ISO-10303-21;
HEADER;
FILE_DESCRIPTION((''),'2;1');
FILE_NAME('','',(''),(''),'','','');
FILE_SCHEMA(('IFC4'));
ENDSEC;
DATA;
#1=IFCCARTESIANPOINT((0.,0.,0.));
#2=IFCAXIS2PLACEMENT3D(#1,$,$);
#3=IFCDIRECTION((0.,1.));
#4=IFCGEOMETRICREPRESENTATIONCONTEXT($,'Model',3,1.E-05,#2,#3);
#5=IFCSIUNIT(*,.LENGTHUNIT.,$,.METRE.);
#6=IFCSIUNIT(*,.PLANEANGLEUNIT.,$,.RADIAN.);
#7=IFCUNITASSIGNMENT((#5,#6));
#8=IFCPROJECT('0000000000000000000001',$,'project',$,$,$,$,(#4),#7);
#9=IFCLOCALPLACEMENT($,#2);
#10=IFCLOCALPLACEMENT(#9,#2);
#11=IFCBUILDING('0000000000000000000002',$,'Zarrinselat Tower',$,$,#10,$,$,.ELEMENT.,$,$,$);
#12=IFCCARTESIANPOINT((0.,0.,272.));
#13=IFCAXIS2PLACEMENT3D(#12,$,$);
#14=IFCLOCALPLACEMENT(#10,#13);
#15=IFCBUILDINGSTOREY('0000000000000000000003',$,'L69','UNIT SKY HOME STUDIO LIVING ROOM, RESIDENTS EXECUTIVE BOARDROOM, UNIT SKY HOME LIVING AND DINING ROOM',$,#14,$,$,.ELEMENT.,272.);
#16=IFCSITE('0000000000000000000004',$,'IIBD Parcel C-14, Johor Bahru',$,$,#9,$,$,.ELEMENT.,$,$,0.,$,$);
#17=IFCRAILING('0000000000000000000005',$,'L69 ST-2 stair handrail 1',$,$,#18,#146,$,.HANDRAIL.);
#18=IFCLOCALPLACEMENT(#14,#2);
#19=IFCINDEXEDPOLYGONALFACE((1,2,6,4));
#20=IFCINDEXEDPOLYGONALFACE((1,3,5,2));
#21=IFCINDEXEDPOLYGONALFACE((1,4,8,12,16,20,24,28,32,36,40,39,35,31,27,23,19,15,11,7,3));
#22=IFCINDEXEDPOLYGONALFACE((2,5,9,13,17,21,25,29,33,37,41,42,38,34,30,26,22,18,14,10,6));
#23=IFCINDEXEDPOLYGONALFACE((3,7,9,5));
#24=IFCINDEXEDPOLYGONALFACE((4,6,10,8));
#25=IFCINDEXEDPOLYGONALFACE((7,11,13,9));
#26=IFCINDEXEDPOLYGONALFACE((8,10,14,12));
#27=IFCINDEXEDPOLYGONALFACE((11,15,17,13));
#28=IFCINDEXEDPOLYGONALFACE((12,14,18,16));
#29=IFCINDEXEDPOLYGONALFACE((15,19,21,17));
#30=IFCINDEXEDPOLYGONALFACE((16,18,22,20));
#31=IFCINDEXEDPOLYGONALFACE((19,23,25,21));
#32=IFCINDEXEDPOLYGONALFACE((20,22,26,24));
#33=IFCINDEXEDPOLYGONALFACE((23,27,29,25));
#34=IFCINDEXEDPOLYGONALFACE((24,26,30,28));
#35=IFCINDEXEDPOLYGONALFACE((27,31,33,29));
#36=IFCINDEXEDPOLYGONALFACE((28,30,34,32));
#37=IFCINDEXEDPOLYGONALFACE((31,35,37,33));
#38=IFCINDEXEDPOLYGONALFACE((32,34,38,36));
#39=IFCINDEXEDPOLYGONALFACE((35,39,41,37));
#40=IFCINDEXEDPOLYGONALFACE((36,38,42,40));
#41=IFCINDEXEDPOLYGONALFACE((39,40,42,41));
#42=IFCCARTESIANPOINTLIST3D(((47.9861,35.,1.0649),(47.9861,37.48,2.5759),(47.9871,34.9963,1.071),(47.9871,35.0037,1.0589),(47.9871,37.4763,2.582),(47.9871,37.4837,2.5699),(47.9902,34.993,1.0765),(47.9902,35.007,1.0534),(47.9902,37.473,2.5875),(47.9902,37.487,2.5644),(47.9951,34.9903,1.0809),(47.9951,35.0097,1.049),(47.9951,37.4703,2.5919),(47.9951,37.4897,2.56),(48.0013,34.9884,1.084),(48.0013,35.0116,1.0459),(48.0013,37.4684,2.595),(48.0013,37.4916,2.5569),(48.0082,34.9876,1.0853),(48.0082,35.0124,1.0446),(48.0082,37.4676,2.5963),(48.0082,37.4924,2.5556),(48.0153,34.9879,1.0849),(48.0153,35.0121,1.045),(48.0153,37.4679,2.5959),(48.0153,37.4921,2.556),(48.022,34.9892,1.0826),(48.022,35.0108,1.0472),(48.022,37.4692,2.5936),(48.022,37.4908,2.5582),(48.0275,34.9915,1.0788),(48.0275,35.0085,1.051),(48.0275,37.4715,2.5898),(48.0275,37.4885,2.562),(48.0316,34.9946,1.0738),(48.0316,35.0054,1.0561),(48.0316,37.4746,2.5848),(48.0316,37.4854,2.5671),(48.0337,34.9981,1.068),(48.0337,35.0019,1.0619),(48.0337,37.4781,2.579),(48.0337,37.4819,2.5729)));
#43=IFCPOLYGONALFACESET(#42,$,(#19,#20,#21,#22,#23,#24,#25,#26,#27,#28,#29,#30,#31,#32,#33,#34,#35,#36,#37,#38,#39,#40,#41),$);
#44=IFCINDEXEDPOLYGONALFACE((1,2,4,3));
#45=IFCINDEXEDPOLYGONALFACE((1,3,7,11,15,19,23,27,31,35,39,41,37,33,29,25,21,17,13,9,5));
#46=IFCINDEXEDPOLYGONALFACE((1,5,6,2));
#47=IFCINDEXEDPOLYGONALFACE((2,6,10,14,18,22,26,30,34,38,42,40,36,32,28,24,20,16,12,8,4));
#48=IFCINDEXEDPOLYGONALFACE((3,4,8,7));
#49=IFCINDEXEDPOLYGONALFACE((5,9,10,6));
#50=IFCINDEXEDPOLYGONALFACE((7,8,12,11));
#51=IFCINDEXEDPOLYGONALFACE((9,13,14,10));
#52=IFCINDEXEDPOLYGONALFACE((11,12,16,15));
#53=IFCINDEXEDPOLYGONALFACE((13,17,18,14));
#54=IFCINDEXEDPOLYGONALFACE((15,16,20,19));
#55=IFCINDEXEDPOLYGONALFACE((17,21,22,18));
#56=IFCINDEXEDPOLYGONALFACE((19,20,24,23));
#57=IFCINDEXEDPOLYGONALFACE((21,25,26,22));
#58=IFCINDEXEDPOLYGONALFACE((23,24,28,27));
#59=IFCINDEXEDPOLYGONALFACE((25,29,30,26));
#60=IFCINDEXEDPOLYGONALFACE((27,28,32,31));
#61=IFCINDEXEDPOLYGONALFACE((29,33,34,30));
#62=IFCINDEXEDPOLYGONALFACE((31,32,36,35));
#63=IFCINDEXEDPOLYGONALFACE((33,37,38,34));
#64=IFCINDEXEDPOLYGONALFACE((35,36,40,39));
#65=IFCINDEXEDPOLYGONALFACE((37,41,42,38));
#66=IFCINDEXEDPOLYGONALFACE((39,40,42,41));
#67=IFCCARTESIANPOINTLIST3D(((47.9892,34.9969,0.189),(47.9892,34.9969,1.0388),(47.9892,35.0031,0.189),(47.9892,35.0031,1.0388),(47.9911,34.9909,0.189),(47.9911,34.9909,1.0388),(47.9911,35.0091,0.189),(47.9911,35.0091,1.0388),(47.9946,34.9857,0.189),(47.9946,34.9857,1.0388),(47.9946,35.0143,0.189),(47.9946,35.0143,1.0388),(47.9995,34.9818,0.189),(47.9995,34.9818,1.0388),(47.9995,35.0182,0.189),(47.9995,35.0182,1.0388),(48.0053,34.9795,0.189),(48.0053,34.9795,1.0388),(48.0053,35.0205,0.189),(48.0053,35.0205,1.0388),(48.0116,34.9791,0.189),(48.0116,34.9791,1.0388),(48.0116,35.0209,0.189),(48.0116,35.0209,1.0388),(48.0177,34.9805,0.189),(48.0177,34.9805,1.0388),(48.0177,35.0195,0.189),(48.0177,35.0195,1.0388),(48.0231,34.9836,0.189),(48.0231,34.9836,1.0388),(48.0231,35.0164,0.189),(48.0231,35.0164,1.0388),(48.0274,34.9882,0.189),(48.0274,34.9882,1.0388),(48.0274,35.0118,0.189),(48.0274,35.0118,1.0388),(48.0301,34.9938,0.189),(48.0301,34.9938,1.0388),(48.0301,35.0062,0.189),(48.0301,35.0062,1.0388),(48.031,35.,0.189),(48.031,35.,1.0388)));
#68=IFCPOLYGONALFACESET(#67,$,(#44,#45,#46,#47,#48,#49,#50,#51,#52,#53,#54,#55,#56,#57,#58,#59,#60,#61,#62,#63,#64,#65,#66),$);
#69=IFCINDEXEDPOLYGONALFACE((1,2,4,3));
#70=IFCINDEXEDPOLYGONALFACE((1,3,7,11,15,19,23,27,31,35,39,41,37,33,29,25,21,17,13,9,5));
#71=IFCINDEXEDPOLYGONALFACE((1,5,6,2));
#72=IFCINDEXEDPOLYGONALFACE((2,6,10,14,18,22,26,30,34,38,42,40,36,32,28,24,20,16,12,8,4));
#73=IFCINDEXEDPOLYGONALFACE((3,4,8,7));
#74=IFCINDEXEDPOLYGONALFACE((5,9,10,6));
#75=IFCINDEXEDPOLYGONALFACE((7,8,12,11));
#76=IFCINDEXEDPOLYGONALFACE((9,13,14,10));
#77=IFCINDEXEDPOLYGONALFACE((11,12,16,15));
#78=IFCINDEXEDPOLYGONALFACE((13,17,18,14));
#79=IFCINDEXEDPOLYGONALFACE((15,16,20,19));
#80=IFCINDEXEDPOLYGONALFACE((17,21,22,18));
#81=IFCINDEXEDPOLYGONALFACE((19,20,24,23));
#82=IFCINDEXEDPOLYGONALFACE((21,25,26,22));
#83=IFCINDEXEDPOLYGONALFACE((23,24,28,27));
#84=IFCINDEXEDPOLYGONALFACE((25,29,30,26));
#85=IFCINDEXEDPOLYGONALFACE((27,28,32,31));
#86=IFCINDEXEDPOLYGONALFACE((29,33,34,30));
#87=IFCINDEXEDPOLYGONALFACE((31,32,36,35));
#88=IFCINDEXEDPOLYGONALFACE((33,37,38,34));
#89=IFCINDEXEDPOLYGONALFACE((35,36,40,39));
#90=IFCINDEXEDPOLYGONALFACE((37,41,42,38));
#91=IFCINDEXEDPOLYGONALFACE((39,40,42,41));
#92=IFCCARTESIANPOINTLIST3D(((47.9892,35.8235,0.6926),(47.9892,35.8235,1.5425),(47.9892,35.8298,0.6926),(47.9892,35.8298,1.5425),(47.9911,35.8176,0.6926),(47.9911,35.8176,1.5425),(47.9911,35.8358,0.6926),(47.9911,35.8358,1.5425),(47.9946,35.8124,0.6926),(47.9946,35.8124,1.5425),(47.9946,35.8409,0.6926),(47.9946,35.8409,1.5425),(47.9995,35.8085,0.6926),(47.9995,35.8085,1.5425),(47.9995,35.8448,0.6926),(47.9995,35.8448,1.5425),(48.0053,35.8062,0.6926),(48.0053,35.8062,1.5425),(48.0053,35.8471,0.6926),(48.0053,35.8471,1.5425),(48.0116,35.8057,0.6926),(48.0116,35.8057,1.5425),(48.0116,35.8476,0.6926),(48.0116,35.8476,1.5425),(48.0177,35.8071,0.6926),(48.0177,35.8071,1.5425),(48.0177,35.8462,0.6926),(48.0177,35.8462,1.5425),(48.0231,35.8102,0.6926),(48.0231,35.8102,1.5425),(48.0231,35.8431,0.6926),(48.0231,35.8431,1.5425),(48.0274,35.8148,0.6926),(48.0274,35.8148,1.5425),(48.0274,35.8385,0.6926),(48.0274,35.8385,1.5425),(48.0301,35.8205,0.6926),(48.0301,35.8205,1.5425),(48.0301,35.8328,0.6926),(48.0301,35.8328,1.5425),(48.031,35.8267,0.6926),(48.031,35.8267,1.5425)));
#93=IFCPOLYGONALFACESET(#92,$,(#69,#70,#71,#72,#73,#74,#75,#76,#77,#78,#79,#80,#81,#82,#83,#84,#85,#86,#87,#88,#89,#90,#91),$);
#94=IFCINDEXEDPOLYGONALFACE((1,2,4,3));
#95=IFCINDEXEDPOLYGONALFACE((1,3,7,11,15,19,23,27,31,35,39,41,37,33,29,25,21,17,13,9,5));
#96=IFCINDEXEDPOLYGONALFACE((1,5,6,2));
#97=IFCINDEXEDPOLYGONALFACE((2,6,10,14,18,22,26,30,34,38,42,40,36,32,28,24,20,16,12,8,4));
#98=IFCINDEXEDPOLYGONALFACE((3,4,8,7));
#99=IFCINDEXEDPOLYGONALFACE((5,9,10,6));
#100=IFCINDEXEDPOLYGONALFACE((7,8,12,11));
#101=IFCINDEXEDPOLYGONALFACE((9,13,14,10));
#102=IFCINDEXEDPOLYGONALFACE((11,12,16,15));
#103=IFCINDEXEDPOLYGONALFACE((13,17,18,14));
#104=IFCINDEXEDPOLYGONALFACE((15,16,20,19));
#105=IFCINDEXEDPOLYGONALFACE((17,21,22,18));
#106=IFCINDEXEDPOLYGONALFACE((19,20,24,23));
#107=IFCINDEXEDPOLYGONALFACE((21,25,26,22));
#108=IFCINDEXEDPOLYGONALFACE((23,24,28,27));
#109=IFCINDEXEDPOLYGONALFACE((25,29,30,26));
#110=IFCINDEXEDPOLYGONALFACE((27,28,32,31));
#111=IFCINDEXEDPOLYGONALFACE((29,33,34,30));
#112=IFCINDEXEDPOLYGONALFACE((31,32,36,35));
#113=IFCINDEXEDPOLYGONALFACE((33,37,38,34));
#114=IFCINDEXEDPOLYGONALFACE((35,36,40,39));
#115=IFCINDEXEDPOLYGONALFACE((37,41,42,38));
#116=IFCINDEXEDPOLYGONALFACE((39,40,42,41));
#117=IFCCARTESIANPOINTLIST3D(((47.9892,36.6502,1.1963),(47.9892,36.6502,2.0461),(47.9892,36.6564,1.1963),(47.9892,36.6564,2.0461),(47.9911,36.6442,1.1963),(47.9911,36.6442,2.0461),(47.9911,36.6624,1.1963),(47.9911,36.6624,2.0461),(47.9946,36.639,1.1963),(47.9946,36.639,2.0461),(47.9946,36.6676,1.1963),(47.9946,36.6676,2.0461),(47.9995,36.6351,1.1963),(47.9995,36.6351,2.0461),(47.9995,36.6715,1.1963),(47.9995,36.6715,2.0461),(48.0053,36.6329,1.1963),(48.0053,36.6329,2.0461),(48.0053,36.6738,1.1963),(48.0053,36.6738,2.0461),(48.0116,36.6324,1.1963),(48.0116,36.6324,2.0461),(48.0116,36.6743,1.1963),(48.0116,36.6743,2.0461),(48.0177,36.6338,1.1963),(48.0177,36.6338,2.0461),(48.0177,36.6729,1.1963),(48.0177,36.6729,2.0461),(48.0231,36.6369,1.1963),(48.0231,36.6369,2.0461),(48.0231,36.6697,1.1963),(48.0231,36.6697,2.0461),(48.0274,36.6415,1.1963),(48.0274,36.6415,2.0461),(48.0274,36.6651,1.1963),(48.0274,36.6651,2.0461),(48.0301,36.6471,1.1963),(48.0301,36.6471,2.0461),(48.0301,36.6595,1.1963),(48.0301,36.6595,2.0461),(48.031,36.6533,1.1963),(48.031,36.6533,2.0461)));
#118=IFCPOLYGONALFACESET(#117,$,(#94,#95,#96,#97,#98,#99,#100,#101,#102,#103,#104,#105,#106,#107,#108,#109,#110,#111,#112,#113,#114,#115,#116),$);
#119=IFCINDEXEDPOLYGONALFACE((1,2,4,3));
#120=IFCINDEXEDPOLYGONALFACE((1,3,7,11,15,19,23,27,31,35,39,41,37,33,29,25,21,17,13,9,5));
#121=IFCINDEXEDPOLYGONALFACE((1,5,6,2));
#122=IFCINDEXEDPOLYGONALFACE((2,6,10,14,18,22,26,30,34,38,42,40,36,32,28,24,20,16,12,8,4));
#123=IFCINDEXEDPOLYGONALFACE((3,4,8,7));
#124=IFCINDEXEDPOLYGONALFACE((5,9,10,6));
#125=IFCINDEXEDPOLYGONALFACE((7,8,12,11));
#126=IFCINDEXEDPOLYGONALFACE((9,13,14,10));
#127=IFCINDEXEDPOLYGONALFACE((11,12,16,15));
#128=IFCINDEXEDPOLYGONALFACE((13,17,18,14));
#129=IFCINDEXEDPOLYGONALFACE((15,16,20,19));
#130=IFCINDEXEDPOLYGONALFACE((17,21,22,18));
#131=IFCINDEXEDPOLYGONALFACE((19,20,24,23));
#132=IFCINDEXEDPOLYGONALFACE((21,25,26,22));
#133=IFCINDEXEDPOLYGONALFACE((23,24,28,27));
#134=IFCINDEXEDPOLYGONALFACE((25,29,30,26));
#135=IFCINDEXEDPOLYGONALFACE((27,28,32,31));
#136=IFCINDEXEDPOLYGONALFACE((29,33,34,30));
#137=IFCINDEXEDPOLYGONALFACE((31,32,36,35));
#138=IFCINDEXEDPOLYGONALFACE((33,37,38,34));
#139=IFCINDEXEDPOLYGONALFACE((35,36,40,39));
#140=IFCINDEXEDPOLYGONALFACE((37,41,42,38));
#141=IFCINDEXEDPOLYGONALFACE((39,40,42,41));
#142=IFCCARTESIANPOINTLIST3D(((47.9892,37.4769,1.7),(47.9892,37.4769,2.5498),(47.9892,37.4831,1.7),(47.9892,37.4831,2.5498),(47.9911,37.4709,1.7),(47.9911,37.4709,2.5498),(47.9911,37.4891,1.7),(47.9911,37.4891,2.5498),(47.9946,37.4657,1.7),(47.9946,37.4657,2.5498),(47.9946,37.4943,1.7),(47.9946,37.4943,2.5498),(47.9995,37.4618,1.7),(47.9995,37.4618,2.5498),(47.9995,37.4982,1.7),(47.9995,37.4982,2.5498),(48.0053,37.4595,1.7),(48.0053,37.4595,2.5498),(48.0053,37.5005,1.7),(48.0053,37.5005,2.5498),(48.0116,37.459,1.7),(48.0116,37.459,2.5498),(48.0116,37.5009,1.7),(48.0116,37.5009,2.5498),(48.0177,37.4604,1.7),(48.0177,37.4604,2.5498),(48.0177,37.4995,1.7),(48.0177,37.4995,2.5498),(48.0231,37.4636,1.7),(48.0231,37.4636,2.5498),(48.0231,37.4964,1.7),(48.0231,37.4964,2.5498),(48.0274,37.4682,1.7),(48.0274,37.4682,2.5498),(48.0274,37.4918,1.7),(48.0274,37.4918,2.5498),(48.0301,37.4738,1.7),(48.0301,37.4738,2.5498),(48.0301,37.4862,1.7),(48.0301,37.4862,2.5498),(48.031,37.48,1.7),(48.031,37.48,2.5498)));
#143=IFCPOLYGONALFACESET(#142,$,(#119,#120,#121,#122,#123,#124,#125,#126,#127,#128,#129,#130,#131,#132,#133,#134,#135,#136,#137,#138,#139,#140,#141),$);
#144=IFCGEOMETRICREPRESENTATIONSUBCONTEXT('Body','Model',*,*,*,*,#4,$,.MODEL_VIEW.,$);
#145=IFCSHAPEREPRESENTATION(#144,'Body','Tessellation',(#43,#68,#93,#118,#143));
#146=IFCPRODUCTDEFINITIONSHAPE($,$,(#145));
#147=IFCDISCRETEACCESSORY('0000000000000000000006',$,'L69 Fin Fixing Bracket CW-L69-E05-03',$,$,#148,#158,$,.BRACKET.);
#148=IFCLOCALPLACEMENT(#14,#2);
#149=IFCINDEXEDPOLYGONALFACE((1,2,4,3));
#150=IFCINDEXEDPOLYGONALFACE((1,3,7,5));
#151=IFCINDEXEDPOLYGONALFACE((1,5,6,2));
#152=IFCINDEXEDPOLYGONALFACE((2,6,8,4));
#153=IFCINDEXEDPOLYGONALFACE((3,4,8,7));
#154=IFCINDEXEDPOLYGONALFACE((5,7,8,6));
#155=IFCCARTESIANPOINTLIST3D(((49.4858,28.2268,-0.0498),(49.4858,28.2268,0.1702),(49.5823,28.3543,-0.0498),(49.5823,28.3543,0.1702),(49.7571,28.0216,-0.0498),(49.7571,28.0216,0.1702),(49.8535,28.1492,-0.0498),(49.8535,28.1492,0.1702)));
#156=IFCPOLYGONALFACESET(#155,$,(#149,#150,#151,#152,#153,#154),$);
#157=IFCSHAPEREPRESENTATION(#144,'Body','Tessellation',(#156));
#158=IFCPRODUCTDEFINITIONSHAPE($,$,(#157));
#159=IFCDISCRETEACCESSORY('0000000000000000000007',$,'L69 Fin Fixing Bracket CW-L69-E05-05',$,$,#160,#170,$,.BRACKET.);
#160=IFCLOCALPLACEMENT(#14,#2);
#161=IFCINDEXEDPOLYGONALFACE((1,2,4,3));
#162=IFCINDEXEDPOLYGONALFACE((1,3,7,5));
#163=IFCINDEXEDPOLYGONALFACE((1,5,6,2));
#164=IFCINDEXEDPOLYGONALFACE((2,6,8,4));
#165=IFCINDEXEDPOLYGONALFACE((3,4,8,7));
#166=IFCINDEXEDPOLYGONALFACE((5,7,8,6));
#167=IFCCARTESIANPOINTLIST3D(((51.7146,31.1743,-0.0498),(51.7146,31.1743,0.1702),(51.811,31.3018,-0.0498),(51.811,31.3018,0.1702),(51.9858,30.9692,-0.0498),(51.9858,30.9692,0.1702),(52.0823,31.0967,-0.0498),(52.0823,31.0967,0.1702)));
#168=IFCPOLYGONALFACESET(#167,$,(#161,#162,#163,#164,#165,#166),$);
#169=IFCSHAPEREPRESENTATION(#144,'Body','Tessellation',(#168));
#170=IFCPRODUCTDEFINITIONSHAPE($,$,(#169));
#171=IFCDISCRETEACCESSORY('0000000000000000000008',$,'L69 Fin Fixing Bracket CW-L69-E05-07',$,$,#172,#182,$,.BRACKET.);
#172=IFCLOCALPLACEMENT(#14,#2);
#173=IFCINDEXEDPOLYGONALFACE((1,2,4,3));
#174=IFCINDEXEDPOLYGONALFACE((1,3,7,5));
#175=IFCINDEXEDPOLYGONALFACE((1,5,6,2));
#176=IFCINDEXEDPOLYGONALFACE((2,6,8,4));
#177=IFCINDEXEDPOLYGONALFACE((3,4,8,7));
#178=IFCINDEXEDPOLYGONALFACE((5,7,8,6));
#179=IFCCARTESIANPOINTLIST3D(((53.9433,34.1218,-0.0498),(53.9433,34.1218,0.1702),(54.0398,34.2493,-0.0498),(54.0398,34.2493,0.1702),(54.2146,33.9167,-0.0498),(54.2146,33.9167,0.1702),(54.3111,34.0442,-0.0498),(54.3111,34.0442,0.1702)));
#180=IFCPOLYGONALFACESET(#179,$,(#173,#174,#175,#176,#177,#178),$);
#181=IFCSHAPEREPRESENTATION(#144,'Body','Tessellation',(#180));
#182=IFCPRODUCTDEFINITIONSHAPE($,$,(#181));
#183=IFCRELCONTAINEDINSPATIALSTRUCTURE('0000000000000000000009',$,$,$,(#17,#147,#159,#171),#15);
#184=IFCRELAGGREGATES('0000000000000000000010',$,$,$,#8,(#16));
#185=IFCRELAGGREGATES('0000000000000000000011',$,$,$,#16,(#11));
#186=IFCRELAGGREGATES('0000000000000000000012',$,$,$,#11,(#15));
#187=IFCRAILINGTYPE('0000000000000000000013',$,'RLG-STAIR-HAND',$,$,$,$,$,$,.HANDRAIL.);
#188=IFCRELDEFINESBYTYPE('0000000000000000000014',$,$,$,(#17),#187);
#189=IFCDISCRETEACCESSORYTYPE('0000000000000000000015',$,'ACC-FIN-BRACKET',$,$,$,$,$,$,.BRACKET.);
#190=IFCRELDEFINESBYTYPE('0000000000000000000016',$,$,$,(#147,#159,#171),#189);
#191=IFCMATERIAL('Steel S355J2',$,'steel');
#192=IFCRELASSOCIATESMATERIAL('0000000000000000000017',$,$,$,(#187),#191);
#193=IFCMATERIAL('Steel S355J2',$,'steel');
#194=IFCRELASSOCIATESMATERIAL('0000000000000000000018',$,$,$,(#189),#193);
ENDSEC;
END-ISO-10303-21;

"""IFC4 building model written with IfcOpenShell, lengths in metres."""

from ifc_helpers import new_model, si_unit, direction, frame, origin, origin_2d, place, context, subcontext, project, spatial, rectangle, circle, extrude, material, type_object, element, save


model = new_model("IFC4")

# Units and contexts
model_context = context("Model", 3, precision=1e-05, world=origin(), true_north=direction((0.0, 1.0)))
body_context = subcontext(model_context, "Body", "Model", "MODEL_VIEW")
ifc_project = project(units=[si_unit("LENGTHUNIT", "METRE"), si_unit("PLANEANGLEUNIT", "RADIAN")], contexts=[model_context])

# Site, building, storey
site_placement = place(None, origin())
site = spatial("IfcSite", under=ifc_project, at=site_placement, Name="IIBD Parcel C-14, Johor Bahru", CompositionType="ELEMENT", RefElevation=0.0)
building_placement = place(site_placement, origin())
building = spatial("IfcBuilding", under=site, at=building_placement, Name="Zarrinselat Tower", CompositionType="ELEMENT")
storey_placement = place(building_placement, frame((0.0, 0.0, 272.0)))
storey = spatial("IfcBuildingStorey", under=building, at=storey_placement, Name="L69", Description="UNIT SKY HOME STUDIO LIVING ROOM, RESIDENTS EXECUTIVE BOARDROOM, UNIT SKY HOME LIVING AND DINING ROOM", CompositionType="ELEMENT", Elevation=272.0)

# Railing
ifc_material_1 = material(Name="Steel S355J2", Category="steel")
railing_type_1 = type_object("IfcRailingType", Name="RLG-STAIR-HAND", PredefinedType="HANDRAIL", material=ifc_material_1)
railing_1_placement = place(storey_placement, frame((48.01, 35.0, 0.189)))
element("IfcRailing", 1, at=railing_1_placement, inside=storey, type_object=railing_type_1, Name="L69 ST-2 stair handrail 1", PredefinedType="HANDRAIL", context=body_context, shape_type="SweptSolid", body=[
    extrude(circle(Radius=0.0239, at=origin_2d()), frame((0.0, 0.0, 0.876), z_axis=(0.0, 0.853979, 0.520307), x_axis=(-1.0, 0.0, 0.0)), (0.0, 0.0, 1.0), 2.9041),
    extrude(circle(Radius=0.021, at=origin_2d()), origin(), (0.0, 0.0, 1.0), 0.8499),
    extrude(circle(Radius=0.021, at=origin_2d()), frame((0.0, 0.8267, 0.5037)), (0.0, 0.0, 1.0), 0.8499),
    extrude(circle(Radius=0.021, at=origin_2d()), frame((0.0, 1.6533, 1.0073)), (0.0, 0.0, 1.0), 0.8499),
    extrude(circle(Radius=0.021, at=origin_2d()), frame((0.0, 2.48, 1.511)), (0.0, 0.0, 1.0), 0.8499),
])

# Discrete accessories
ifc_material_2 = material(Name="Steel S355J2", Category="steel")
discrete_accessory_type = type_object("IfcDiscreteAccessoryType", Name="ACC-FIN-BRACKET", PredefinedType="BRACKET", material=ifc_material_2)
for number, where, z_axis, x_axis, name in (
    (2, (49.6697, 28.188, -0.0498), (0.0, 0.0, 1.0), (0.797613, -0.60317, 0.0), "L69 Fin Fixing Bracket CW-L69-E05-03"),
    (3, (51.8984, 31.1355, -0.0498), (0.0, 0.0, 1.0), (0.797613, -0.60317, 0.0), "L69 Fin Fixing Bracket CW-L69-E05-05"),
    (4, (54.1272, 34.083, -0.0498), (0.0, 0.0, 1.0), (0.797613, -0.60317, 0.0), "L69 Fin Fixing Bracket CW-L69-E05-07"),
):
    element("IfcDiscreteAccessory", number, at=place(storey_placement, frame(where, z_axis=z_axis, x_axis=x_axis)), inside=storey, type_object=discrete_accessory_type, Name=name, PredefinedType="BRACKET", context=body_context, shape_type="SweptSolid", body=[
        extrude(rectangle(XDim=0.3401, YDim=0.1599, at=origin_2d()), origin(), (0.0, 0.0, 1.0), 0.22),
    ])

save(model, "model.ifc")
